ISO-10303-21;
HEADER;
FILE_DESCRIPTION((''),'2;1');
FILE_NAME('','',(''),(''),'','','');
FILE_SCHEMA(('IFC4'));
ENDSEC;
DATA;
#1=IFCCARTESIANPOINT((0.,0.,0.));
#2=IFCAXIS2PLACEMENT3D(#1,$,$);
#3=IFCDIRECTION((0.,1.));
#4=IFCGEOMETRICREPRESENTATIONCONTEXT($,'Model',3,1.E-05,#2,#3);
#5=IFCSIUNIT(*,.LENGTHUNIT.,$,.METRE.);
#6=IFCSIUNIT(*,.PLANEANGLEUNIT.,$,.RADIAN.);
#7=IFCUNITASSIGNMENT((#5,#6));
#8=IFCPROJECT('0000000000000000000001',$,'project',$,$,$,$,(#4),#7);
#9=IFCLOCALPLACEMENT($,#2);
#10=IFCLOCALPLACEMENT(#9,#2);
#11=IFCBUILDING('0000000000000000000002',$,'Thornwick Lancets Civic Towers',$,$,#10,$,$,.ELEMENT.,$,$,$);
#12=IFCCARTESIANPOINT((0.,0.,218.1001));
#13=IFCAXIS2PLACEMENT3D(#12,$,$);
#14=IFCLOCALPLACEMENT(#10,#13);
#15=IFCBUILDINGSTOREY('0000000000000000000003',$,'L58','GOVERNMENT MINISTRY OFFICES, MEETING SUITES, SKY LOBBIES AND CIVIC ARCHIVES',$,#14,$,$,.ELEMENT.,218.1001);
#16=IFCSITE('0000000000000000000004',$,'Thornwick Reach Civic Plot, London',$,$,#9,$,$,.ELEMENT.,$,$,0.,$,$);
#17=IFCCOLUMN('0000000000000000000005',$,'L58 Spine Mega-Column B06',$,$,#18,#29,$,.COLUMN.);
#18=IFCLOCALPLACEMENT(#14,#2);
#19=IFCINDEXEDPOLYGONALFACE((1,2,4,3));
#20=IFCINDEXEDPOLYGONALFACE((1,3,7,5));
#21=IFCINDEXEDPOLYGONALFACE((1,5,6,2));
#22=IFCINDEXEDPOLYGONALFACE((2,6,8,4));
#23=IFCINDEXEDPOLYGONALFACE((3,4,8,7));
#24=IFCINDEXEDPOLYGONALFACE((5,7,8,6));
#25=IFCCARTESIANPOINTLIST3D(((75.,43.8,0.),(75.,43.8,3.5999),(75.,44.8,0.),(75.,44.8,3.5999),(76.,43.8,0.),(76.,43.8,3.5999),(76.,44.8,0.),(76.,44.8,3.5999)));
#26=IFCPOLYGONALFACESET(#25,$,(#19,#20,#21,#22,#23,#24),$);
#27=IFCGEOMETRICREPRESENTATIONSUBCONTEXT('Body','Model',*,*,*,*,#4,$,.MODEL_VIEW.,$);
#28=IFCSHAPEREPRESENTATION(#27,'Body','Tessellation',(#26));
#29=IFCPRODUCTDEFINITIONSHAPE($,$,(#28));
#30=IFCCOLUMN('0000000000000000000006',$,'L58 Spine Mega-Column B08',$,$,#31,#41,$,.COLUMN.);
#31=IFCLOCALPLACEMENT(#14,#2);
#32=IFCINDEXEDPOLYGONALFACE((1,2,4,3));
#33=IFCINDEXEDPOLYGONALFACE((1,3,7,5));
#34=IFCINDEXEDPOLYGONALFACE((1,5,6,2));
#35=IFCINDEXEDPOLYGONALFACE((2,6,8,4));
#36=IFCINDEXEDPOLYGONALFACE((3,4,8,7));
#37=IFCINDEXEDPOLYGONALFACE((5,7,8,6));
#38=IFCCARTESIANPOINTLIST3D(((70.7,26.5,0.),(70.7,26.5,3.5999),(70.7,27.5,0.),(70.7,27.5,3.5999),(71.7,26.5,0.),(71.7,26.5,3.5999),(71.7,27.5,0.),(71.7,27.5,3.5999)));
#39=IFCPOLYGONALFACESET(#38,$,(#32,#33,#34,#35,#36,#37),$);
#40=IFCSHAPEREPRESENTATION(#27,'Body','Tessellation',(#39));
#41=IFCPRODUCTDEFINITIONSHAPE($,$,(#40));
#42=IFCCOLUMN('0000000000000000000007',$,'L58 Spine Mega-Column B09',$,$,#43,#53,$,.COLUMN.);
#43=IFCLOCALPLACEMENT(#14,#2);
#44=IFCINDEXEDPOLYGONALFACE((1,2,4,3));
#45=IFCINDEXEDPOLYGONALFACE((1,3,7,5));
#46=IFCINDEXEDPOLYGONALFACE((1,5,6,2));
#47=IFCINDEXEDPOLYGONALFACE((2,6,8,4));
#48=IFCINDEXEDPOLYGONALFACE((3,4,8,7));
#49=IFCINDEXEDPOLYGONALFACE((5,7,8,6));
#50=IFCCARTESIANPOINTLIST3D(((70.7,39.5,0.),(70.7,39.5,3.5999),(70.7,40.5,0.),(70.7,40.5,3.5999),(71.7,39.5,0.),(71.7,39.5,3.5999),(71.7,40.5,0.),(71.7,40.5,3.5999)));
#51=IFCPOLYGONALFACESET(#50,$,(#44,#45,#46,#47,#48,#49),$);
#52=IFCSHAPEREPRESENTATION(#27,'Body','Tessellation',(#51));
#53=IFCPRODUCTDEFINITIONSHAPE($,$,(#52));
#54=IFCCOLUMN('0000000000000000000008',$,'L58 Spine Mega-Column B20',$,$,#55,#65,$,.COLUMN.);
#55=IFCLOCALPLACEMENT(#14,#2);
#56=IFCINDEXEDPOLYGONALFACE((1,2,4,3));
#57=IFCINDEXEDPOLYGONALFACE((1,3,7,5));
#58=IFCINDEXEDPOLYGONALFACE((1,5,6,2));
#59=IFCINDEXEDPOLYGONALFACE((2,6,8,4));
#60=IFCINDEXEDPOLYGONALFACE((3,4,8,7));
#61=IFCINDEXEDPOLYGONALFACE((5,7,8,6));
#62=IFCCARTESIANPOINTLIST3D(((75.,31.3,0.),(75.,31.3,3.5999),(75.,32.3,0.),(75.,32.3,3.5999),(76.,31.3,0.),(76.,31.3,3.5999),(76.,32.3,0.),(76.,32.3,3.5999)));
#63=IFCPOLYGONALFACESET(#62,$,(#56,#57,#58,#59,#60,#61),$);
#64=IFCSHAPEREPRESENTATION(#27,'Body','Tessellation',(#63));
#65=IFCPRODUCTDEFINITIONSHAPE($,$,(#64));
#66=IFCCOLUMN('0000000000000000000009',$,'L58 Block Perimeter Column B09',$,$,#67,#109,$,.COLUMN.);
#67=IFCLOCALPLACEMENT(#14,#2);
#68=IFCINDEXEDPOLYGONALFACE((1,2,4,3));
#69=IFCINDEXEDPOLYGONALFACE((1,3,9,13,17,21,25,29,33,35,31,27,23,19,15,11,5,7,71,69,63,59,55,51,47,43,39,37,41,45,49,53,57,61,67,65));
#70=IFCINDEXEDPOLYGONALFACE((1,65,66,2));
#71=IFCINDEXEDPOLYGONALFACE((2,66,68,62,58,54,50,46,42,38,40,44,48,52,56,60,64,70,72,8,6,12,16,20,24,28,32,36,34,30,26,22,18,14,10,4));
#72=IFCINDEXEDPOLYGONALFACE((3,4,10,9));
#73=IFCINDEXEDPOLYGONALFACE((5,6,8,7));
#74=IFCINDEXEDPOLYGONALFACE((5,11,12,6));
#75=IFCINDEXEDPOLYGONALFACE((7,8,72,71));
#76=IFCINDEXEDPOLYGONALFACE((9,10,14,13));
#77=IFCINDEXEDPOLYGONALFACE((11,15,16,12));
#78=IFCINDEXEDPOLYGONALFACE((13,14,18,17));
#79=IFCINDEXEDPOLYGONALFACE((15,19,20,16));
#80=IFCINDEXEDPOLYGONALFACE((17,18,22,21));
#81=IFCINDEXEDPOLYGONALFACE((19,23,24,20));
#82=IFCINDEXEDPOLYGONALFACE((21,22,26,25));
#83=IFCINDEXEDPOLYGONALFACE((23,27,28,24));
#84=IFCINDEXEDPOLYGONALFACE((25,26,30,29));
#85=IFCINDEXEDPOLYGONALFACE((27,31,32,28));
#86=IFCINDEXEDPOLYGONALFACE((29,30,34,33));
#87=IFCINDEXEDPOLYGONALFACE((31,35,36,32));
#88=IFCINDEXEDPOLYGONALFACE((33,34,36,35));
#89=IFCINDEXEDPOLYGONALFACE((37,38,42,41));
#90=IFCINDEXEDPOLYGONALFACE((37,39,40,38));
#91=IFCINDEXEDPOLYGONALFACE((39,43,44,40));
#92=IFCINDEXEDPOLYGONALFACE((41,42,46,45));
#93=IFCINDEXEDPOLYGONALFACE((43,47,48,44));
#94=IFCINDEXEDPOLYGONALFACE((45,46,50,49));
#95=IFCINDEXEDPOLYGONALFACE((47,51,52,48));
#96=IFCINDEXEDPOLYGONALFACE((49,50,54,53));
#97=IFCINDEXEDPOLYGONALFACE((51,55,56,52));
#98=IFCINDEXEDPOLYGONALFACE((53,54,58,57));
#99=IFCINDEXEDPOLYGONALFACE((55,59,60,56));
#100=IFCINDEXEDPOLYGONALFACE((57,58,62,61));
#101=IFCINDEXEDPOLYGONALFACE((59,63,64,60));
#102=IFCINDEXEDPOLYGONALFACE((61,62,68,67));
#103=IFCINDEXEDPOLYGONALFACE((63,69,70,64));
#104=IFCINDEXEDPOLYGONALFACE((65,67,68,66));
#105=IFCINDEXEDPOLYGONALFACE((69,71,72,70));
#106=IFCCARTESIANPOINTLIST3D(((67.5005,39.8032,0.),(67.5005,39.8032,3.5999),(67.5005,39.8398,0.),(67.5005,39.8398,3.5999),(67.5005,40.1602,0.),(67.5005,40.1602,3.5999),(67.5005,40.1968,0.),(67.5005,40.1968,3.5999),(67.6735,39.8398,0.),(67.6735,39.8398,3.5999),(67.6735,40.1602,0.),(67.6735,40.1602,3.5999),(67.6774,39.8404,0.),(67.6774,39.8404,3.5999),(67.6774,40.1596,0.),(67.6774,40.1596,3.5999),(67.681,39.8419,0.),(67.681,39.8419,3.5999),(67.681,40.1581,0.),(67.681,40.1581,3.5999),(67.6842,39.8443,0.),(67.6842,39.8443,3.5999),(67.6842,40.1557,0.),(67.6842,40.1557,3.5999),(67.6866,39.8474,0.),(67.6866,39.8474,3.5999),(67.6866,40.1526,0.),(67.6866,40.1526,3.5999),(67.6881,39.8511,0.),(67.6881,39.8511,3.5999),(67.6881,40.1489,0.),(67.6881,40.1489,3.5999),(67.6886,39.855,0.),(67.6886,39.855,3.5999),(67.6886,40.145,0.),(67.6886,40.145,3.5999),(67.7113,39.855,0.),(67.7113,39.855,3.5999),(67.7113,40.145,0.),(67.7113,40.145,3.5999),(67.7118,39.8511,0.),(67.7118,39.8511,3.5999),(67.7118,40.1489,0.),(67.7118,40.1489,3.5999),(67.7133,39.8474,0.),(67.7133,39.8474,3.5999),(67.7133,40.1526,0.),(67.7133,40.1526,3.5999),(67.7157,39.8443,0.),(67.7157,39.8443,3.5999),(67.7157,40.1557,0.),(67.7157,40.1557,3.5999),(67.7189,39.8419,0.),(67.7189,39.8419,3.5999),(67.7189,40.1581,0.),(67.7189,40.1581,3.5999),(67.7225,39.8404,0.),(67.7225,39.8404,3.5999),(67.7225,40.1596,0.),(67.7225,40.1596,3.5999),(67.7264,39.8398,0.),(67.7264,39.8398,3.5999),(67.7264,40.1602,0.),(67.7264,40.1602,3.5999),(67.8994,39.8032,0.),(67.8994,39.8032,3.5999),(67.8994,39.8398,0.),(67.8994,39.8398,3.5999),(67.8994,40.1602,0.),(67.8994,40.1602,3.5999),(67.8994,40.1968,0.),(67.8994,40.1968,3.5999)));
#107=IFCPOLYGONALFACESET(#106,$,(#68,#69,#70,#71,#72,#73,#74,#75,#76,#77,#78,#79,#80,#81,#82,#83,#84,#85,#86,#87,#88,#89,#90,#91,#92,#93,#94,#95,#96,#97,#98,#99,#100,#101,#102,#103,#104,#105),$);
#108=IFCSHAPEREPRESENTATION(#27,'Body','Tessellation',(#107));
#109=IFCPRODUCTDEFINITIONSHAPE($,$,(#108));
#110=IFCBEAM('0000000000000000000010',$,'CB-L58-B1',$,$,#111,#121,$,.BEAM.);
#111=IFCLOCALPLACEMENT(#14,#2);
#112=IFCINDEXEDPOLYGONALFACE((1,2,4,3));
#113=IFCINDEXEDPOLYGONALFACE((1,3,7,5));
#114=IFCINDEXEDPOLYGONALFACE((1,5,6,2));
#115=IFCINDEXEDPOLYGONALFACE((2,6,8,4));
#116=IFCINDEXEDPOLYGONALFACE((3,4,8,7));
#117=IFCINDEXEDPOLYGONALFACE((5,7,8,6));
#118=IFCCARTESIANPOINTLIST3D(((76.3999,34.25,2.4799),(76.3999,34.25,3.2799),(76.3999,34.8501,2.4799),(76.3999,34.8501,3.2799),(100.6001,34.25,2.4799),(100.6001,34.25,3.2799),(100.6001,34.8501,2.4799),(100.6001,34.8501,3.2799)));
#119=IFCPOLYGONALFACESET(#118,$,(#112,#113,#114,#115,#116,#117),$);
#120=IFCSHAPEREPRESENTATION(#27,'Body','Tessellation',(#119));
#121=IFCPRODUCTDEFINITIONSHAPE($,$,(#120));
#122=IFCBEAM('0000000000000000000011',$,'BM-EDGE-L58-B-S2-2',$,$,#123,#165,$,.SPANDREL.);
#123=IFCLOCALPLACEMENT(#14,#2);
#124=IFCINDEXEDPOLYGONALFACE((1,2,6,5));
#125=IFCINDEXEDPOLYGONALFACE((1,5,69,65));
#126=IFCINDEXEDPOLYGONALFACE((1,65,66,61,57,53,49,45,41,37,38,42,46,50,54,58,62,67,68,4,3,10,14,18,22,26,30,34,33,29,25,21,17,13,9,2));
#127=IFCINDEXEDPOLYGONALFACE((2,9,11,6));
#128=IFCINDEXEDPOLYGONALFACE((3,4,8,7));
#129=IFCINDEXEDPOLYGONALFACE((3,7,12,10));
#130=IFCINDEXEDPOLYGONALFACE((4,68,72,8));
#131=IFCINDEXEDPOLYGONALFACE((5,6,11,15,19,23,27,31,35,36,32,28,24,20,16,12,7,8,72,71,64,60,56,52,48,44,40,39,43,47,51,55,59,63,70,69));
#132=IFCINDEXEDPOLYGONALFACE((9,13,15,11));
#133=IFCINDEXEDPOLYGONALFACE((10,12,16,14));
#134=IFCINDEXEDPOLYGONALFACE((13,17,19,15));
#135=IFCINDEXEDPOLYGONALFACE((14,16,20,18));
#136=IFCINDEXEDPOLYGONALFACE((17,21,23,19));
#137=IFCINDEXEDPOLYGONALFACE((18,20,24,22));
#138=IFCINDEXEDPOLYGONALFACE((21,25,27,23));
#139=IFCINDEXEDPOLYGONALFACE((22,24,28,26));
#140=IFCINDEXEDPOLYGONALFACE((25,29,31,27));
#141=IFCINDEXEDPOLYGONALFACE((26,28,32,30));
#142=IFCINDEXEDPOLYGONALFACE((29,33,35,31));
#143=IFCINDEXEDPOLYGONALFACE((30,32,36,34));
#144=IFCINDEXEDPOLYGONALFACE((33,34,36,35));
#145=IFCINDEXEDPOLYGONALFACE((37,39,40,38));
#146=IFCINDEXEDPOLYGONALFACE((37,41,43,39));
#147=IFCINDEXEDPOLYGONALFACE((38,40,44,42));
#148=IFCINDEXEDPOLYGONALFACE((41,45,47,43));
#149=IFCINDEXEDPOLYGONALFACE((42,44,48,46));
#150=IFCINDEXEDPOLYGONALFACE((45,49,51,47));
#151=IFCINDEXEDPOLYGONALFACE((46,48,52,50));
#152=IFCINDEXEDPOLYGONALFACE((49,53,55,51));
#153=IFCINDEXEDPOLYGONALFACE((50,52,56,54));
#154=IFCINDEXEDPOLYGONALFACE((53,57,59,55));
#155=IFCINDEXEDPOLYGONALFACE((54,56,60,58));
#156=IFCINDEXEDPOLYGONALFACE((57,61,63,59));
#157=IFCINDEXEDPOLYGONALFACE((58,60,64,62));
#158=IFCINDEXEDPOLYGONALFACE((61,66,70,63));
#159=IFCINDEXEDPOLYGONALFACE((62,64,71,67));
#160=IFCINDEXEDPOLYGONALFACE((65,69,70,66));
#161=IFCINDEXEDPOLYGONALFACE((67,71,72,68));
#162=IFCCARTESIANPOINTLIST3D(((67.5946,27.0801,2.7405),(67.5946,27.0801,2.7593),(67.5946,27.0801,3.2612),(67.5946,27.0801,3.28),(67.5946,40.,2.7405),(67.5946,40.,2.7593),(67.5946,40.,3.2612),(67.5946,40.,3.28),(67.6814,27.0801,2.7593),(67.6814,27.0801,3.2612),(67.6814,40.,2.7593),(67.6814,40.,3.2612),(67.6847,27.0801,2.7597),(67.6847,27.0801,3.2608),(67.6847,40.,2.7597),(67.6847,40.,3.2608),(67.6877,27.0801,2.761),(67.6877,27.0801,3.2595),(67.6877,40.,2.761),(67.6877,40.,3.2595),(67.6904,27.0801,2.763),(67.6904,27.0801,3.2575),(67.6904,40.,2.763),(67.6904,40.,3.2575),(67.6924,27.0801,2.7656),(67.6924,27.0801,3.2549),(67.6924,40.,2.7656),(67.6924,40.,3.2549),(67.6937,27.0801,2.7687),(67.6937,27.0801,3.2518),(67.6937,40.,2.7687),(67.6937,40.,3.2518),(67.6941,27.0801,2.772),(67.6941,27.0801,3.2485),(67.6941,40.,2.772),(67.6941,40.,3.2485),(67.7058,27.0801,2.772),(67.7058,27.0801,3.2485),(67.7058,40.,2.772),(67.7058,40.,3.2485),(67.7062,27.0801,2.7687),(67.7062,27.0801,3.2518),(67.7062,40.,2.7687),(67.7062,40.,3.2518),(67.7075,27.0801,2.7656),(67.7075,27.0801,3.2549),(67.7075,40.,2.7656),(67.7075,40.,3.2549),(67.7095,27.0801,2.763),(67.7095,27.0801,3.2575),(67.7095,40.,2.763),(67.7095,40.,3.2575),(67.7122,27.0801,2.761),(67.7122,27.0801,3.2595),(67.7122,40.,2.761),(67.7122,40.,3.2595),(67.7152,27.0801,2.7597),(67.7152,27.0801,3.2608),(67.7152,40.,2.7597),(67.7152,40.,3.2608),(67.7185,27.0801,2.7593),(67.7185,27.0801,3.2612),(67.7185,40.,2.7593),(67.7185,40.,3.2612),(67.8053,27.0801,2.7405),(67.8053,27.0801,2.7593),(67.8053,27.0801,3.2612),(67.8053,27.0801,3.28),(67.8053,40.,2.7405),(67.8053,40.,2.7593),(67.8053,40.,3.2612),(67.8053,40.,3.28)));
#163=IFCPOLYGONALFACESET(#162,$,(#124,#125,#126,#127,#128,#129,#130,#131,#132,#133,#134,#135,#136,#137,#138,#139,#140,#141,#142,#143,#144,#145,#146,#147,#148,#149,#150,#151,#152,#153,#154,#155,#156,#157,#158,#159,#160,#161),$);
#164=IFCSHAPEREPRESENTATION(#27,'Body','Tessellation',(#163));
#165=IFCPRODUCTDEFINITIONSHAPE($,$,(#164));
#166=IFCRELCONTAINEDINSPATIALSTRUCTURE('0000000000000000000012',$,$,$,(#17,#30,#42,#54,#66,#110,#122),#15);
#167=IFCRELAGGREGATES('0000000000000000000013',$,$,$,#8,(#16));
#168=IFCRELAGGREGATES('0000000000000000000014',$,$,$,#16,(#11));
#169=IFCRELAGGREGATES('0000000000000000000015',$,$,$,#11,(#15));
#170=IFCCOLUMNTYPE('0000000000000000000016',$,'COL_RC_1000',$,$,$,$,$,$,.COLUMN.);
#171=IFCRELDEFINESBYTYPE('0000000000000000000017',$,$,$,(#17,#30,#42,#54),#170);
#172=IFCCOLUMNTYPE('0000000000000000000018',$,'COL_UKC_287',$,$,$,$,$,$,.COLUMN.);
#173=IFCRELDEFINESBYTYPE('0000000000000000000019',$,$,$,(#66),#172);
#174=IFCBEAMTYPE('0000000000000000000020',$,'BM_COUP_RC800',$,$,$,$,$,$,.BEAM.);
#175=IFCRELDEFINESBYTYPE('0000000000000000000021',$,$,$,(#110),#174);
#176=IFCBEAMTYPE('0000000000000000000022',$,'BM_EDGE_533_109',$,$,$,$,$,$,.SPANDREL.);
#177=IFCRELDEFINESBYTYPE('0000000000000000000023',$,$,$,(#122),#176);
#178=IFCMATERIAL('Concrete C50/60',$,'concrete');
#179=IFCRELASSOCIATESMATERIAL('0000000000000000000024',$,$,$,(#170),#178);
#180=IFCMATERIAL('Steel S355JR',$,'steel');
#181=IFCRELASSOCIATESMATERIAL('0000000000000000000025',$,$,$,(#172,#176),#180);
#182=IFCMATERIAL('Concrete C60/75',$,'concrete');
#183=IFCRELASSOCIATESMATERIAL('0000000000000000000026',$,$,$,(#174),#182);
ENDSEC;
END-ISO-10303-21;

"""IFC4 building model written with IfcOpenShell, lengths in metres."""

from ifc_helpers import new_model, si_unit, direction, frame, origin, origin_2d, place, context, subcontext, project, spatial, rectangle, i_section, extrude, material, material_profile, profile_set, type_object, element, save


model = new_model("IFC4")

# Units and contexts
model_context = context("Model", 3, precision=1e-05, world=origin(), true_north=direction((0.0, 1.0)))
body_context = subcontext(model_context, "Body", "Model", "MODEL_VIEW")
ifc_project = project(units=[si_unit("LENGTHUNIT", "METRE"), si_unit("PLANEANGLEUNIT", "RADIAN")], contexts=[model_context])

# Site, building, storey
site_placement = place(None, origin())
site = spatial("IfcSite", under=ifc_project, at=site_placement, Name="Thornwick Reach Civic Plot, London", CompositionType="ELEMENT", RefElevation=0.0)
building_placement = place(site_placement, origin())
building = spatial("IfcBuilding", under=site, at=building_placement, Name="Thornwick Lancets Civic Towers", CompositionType="ELEMENT")
storey_placement = place(building_placement, frame((0.0, 0.0, 218.1001)))
storey = spatial("IfcBuildingStorey", under=building, at=storey_placement, Name="L58", Description="GOVERNMENT MINISTRY OFFICES, MEETING SUITES, SKY LOBBIES AND CIVIC ARCHIVES", CompositionType="ELEMENT", Elevation=218.1001)

# Columns
ifc_material_1 = material(Name="Concrete C50/60", Category="concrete")
ifc_material_profile_1 = material_profile(ifc_material_1, rectangle(XDim=1.0, YDim=1.0, at=origin_2d()), Name="RC 1000x1000")
ifc_profile_set_1 = profile_set([ifc_material_profile_1], Name="Concrete C50/60")
column_type_1 = type_object("IfcColumnType", Name="COL_RC_1000", PredefinedType="COLUMN", material=ifc_profile_set_1)
for number, where, z_axis, x_axis, name in (
    (1, (75.5, 44.3, 0.0), (0.0, 0.0, 1.0), (1.0, 0.0, 0.0), "L58 Spine Mega-Column B06"),
    (2, (71.2, 27.0, 0.0), (0.0, 0.0, 1.0), (1.0, 0.0, 0.0), "L58 Spine Mega-Column B08"),
    (3, (71.2, 40.0, 0.0), (0.0, 0.0, 1.0), (1.0, 0.0, 0.0), "L58 Spine Mega-Column B09"),
    (4, (75.5, 31.8, 0.0), (0.0, 0.0, 1.0), (1.0, 0.0, 0.0), "L58 Spine Mega-Column B20"),
):
    element("IfcColumn", number, at=place(storey_placement, frame(where, z_axis=z_axis, x_axis=x_axis)), inside=storey, type_object=column_type_1, Name=name, PredefinedType="COLUMN", context=body_context, shape_type="SweptSolid", body=[
        extrude(rectangle(XDim=1.0, YDim=1.0, at=origin_2d()), origin(), (0.0, 0.0, 1.0), 3.5999),
    ])
ifc_material_2 = material(Name="Steel S355JR", Category="steel")
ifc_material_profile_2 = material_profile(ifc_material_2, i_section(OverallWidth=0.3989, OverallDepth=0.3936, WebThickness=0.0227, FlangeThickness=0.0366, FilletRadius=0.0151, at=origin_2d()), Name="UKC 356x406x287")
ifc_profile_set_2 = profile_set([ifc_material_profile_2], Name="Steel S355JR")
column_type_2 = type_object("IfcColumnType", Name="COL_UKC_287", PredefinedType="COLUMN", material=ifc_profile_set_2)
column_placement = place(storey_placement, frame((67.7, 40.0, 0.0), z_axis=(0.0, 0.0, 1.0), x_axis=(1.0, 0.0, 0.0)))
element("IfcColumn", 5, at=column_placement, inside=storey, type_object=column_type_2, Name="L58 Block Perimeter Column B09", PredefinedType="COLUMN", context=body_context, shape_type="SweptSolid", body=[
    extrude(i_section(OverallWidth=0.3989, OverallDepth=0.3936, WebThickness=0.0227, FlangeThickness=0.0366, FilletRadius=0.0151, at=origin_2d()), origin(), (0.0, 0.0, 1.0), 3.5999),
])

# Beams
ifc_material_3 = material(Name="Concrete C60/75", Category="concrete")
ifc_material_profile_3 = material_profile(ifc_material_3, rectangle(XDim=0.6001, YDim=0.8, at=origin_2d()), Name="RC 600x800")
ifc_profile_set_3 = profile_set([ifc_material_profile_3], Name="Concrete C60/75")
beam_type_1 = type_object("IfcBeamType", Name="BM_COUP_RC800", PredefinedType="BEAM", material=ifc_profile_set_3)
beam_1_placement = place(storey_placement, frame((76.3999, 34.55, 2.8799), z_axis=(1.0, 0.0, 0.0), x_axis=(0.0, 1.0, 0.0)))
element("IfcBeam", 6, at=beam_1_placement, inside=storey, type_object=beam_type_1, Name="CB-L58-B1", PredefinedType="BEAM", context=body_context, shape_type="SweptSolid", body=[
    extrude(rectangle(XDim=0.6001, YDim=0.8, at=origin_2d()), origin(), (0.0, 0.0, 1.0), 24.2002),
])
ifc_material_profile_4 = material_profile(ifc_material_2, i_section(OverallWidth=0.2107, OverallDepth=0.5396, WebThickness=0.0117, FlangeThickness=0.0188, FilletRadius=0.0127, at=origin_2d()), Name="UKB 533x210x109")
ifc_profile_set_4 = profile_set([ifc_material_profile_4], Name="Steel S355JR")
beam_type_2 = type_object("IfcBeamType", Name="BM_EDGE_533_109", PredefinedType="SPANDREL", material=ifc_profile_set_4)
beam_2_placement = place(storey_placement, frame((67.7, 27.0801, 3.0103), z_axis=(0.0, 1.0, 0.0), x_axis=(-1.0, 0.0, 0.0)))
element("IfcBeam", 7, at=beam_2_placement, inside=storey, type_object=beam_type_2, Name="BM-EDGE-L58-B-S2-2", PredefinedType="SPANDREL", context=body_context, shape_type="SweptSolid", body=[
    extrude(i_section(OverallWidth=0.2107, OverallDepth=0.5396, WebThickness=0.0117, FlangeThickness=0.0188, FilletRadius=0.0127, at=origin_2d()), origin(), (0.0, 0.0, 1.0), 12.9199),
])

save(model, "model.ifc")
